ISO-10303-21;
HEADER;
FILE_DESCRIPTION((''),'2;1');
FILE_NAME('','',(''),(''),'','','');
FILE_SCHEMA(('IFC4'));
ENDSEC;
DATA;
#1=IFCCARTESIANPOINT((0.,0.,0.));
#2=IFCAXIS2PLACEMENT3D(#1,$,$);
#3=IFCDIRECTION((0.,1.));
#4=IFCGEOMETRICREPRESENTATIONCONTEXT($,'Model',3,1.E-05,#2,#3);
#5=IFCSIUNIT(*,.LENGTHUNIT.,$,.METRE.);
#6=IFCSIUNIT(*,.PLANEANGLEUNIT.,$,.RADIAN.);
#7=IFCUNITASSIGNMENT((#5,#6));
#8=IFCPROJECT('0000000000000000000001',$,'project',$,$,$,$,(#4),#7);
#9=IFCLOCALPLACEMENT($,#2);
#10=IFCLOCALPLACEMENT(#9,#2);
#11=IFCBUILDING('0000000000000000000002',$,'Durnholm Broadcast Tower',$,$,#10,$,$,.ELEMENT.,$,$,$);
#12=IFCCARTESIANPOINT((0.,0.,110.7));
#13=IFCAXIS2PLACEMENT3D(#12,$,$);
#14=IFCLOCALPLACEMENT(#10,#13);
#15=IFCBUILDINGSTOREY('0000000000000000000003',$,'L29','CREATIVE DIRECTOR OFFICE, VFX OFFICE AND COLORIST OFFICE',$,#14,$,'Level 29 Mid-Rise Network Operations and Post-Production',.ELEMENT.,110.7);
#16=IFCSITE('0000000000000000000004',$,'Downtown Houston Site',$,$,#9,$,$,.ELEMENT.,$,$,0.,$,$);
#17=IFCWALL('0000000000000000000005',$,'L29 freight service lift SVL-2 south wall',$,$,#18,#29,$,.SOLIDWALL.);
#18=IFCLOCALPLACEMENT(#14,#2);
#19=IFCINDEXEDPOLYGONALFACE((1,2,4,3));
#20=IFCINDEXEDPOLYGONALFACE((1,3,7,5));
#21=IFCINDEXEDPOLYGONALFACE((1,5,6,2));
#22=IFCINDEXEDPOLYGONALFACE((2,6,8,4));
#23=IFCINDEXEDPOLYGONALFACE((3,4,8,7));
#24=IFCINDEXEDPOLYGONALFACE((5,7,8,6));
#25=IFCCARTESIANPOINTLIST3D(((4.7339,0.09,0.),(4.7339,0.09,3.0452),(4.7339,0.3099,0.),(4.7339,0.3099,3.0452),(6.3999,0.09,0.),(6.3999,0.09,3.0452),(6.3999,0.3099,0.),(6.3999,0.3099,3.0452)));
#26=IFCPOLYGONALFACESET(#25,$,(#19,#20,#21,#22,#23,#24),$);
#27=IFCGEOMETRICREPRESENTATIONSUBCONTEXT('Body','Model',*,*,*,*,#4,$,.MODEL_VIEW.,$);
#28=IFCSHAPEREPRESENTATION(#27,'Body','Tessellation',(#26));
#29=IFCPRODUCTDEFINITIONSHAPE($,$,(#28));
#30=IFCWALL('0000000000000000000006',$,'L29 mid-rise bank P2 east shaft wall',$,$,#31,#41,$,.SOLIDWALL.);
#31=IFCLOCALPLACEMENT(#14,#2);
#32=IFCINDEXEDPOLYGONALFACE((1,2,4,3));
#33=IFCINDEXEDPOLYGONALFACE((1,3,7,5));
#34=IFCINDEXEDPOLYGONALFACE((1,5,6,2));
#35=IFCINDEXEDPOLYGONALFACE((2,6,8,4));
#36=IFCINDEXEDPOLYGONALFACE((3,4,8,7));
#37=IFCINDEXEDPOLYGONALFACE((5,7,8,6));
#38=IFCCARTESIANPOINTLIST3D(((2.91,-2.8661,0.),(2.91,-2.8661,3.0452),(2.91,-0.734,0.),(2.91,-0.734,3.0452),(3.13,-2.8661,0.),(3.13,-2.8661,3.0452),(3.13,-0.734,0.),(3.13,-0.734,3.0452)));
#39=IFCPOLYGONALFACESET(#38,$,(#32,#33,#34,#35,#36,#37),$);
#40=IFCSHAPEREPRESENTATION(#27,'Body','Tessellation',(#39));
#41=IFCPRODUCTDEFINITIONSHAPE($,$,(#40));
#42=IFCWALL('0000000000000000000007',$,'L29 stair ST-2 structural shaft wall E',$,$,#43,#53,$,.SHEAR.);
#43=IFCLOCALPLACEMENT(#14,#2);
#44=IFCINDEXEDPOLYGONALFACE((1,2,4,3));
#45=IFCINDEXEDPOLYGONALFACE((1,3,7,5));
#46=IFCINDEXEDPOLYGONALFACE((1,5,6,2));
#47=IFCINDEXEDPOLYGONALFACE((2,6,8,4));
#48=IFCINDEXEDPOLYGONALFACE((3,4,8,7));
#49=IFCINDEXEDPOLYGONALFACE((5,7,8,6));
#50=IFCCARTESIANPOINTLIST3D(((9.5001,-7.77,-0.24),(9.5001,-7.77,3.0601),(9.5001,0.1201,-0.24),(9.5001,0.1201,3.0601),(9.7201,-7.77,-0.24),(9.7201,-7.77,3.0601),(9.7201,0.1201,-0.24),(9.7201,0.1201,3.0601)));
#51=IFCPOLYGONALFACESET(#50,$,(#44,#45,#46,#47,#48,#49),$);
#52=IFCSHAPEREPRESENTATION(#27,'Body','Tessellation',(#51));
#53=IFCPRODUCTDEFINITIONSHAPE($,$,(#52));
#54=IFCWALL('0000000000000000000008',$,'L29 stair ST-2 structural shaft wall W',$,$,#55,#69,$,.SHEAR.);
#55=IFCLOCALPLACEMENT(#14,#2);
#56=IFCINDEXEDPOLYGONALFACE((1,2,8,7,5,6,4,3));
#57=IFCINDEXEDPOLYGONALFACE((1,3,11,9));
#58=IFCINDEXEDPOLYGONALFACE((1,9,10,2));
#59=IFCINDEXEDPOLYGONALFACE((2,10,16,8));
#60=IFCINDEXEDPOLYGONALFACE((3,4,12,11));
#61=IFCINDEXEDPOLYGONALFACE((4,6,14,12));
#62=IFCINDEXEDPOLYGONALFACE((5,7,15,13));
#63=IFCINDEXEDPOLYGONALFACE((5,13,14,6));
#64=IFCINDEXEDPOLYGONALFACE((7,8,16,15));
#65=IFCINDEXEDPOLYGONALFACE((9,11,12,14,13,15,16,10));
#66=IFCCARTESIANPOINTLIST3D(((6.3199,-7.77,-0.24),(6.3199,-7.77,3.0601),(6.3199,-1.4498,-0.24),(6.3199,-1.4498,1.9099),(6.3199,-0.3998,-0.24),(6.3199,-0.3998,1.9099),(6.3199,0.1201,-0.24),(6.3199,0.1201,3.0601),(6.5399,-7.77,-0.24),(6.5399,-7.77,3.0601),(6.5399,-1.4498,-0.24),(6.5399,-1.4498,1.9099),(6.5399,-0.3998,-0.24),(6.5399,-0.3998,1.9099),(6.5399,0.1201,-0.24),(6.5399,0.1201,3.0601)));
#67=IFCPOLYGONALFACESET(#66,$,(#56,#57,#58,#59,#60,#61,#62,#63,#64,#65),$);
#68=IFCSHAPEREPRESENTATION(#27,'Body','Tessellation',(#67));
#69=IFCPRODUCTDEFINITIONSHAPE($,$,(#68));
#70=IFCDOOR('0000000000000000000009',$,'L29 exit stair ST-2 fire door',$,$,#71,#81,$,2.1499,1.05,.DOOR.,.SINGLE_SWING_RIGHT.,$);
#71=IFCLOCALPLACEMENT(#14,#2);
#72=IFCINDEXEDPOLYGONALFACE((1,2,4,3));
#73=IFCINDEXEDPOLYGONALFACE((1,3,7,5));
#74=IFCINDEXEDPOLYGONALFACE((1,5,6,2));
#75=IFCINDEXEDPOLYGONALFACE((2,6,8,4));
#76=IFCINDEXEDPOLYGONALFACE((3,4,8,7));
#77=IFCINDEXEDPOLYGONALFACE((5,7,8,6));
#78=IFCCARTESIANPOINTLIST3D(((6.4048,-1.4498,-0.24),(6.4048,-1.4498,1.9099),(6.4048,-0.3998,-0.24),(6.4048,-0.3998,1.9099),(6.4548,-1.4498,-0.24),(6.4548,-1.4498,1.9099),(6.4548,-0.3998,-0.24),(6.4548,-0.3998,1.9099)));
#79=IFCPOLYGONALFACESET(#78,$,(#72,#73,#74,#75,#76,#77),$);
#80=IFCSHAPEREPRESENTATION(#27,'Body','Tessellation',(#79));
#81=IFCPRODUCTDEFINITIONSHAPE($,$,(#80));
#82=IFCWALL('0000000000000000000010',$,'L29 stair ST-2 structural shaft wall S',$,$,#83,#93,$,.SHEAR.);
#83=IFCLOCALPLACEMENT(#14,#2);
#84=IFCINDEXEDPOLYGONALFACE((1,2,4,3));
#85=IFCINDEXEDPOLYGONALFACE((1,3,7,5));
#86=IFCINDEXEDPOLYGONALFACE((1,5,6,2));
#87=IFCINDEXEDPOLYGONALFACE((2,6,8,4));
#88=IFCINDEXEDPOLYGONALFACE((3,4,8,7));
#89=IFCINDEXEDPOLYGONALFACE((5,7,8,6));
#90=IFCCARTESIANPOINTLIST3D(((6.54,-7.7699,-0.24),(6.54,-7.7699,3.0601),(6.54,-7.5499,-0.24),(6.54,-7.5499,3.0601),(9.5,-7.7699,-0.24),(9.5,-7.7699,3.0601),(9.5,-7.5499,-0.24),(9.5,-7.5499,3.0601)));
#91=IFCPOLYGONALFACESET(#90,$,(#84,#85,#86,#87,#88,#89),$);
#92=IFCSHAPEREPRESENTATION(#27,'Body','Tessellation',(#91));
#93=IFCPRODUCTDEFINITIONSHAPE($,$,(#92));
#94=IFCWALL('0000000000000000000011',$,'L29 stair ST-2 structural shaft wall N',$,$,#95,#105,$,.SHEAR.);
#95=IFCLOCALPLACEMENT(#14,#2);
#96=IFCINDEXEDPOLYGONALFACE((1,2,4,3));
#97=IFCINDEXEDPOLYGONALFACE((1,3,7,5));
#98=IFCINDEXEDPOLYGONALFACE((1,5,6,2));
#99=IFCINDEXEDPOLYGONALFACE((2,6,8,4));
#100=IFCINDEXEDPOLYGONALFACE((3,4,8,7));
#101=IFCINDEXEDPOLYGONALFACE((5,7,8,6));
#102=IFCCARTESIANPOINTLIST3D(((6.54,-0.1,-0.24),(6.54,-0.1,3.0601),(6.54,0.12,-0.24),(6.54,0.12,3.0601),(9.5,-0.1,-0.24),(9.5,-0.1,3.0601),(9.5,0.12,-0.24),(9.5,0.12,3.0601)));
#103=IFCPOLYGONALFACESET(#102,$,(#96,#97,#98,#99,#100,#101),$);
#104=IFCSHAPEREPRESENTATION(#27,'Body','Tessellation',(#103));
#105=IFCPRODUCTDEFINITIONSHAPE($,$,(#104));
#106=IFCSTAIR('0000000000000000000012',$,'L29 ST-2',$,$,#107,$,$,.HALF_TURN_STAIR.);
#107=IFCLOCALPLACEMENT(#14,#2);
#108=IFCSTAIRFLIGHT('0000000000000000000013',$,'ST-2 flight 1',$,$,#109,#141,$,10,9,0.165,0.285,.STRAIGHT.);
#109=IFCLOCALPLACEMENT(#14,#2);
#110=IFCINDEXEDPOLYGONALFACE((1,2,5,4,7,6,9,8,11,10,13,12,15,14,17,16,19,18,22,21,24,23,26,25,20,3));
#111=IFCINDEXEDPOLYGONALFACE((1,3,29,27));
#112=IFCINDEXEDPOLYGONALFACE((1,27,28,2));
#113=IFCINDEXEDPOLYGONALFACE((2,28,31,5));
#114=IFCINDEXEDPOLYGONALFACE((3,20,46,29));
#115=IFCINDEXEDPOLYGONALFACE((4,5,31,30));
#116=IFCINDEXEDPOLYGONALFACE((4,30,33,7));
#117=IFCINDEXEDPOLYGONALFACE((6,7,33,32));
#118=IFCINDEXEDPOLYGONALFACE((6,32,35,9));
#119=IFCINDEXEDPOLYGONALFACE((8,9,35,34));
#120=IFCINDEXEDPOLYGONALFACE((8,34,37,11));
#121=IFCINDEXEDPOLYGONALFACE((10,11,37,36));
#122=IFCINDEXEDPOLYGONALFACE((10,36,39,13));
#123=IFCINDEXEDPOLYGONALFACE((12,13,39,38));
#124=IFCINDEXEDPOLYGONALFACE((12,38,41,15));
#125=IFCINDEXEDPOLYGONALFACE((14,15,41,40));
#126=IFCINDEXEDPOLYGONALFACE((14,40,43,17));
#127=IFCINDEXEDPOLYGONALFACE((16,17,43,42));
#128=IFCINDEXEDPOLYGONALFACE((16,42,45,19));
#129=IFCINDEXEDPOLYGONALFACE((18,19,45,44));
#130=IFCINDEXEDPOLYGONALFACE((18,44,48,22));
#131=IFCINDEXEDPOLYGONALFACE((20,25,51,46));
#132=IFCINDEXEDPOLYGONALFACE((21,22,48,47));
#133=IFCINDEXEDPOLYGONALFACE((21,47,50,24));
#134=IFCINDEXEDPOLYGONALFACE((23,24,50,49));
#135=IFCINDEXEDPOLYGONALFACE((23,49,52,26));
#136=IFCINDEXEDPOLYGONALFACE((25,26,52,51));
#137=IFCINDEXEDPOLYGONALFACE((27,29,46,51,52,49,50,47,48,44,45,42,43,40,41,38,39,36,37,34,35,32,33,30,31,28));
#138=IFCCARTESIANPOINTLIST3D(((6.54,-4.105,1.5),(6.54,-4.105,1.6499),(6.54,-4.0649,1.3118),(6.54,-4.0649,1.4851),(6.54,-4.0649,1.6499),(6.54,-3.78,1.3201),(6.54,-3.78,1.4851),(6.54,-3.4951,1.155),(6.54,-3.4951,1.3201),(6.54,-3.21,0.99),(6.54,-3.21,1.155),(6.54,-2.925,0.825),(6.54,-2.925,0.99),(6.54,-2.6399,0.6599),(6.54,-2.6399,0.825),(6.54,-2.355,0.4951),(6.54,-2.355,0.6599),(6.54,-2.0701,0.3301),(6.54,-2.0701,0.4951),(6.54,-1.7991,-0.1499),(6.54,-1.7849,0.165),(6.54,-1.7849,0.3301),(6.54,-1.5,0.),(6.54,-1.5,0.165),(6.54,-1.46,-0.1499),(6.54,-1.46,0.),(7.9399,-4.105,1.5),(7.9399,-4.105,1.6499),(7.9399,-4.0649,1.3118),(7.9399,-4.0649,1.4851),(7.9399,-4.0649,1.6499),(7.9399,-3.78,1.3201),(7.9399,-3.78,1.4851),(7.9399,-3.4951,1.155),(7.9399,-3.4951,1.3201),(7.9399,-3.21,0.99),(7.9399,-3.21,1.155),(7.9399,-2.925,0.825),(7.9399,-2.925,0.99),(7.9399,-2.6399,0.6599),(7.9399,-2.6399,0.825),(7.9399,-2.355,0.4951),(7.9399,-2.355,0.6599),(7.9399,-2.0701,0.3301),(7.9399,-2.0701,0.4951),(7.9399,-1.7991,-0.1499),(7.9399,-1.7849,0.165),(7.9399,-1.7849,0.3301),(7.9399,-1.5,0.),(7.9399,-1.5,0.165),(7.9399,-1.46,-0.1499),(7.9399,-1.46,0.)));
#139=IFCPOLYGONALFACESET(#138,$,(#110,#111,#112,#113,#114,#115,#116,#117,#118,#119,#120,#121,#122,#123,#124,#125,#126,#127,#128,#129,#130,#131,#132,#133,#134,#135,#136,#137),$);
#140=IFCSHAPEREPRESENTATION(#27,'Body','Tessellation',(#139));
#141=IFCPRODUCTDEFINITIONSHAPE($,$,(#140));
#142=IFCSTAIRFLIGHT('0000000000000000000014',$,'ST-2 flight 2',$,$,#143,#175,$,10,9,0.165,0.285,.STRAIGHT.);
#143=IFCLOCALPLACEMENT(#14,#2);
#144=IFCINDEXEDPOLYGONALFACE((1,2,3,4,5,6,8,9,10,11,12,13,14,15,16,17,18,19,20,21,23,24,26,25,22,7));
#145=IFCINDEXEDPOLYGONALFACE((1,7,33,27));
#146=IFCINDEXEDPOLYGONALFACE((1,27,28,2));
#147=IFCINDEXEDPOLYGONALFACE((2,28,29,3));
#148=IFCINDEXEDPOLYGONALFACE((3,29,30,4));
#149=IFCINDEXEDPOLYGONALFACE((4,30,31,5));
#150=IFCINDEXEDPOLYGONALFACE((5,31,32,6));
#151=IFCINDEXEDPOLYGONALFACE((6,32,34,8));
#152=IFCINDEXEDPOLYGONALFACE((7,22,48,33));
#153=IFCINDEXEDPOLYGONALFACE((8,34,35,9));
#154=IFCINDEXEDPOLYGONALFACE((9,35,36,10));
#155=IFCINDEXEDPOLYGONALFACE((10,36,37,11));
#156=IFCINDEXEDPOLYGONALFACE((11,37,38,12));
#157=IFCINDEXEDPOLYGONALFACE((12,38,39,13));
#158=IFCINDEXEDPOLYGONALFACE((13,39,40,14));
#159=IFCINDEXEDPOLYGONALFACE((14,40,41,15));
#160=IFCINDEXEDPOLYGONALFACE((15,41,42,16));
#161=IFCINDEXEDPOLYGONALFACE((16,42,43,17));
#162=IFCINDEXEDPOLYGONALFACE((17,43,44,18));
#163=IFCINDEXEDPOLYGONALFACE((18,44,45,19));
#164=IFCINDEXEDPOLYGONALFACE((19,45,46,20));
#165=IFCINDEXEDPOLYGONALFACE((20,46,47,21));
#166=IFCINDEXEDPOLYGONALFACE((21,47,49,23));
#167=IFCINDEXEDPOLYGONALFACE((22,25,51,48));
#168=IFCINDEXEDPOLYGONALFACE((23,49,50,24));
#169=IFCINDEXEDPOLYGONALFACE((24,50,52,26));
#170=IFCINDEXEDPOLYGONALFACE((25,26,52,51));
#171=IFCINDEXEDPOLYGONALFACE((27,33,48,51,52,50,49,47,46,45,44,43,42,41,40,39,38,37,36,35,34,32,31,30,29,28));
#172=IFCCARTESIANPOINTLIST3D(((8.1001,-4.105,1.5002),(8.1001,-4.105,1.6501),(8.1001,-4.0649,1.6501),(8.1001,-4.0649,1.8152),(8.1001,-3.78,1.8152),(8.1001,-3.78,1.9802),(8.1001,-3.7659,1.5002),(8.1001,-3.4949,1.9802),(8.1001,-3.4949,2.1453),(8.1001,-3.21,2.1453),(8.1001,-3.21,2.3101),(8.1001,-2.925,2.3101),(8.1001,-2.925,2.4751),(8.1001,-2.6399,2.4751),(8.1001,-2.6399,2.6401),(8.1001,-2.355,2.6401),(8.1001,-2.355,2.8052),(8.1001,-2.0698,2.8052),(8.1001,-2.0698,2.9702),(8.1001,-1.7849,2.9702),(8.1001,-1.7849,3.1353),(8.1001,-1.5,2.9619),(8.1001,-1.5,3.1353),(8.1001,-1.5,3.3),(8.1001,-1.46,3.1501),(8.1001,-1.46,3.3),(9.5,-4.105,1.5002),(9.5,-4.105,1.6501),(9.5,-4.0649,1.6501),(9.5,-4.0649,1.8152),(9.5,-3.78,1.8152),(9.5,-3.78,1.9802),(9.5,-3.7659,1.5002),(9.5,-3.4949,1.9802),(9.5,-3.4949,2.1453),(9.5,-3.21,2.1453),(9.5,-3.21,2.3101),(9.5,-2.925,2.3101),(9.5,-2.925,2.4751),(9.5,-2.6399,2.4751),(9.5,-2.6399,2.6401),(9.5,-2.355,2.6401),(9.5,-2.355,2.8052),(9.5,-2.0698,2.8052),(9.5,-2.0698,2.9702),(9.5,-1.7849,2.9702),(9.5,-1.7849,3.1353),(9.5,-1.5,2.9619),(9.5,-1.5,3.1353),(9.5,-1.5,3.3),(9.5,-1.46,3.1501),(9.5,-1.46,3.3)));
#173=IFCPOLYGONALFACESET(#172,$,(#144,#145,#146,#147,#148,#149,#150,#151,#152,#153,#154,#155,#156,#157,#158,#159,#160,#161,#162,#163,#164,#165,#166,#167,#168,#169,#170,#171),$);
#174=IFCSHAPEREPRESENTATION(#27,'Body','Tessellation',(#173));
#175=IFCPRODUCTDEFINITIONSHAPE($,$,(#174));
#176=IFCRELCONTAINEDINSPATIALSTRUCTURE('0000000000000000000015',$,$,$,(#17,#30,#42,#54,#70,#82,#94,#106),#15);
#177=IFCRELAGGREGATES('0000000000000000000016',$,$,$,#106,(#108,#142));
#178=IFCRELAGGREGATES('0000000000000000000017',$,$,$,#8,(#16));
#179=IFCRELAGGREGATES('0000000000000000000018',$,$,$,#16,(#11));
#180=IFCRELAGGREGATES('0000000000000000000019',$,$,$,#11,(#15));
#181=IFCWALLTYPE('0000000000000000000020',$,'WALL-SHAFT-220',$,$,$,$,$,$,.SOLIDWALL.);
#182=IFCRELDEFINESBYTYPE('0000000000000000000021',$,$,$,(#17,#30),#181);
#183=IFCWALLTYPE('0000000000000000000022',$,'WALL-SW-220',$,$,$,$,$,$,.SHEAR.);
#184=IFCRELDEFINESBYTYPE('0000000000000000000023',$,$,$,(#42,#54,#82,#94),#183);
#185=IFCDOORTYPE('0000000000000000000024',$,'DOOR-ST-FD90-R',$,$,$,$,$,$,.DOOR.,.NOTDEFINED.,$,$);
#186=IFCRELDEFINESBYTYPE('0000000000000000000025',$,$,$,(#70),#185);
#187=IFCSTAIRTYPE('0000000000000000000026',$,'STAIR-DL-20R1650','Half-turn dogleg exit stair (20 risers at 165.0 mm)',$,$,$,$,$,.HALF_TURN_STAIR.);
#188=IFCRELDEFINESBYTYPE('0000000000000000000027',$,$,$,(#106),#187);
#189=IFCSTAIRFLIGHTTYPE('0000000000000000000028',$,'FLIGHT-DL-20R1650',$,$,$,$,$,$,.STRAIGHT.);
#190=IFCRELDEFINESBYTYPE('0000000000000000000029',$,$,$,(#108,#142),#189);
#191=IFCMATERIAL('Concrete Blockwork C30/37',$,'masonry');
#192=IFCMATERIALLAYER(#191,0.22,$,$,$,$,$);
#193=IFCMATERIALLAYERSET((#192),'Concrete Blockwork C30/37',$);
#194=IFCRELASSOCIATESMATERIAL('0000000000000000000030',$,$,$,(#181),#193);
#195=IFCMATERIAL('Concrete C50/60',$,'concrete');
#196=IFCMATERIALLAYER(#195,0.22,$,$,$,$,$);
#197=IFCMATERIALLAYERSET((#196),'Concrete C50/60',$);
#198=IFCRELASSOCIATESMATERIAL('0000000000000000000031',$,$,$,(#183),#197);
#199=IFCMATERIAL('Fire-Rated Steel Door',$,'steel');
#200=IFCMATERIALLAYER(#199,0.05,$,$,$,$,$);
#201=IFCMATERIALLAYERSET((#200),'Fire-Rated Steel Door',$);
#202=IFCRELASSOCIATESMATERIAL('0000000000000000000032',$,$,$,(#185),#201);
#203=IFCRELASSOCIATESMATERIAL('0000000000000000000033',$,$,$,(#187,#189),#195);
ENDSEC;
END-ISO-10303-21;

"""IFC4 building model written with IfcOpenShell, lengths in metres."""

from ifc_helpers import new_model, si_unit, direction, frame, frame_2d, origin, place, context, subcontext, project, spatial, polyline, rectangle, outline, extrude, source, transform, mapped, material, layer, layer_set, type_object, type_shapes, element, fill, aggregate, save


model = new_model("IFC4")

# Units and contexts
model_context = context("Model", 3, precision=1e-05, world=origin(), true_north=direction((0.0, 1.0)))
body_context = subcontext(model_context, "Body", "Model", "MODEL_VIEW")
ifc_project = project(units=[si_unit("LENGTHUNIT", "METRE"), si_unit("PLANEANGLEUNIT", "RADIAN")], contexts=[model_context])

# Site, building, storey
site_placement = place(None, origin())
site = spatial("IfcSite", under=ifc_project, at=site_placement, Name="Downtown Houston Site", CompositionType="ELEMENT", RefElevation=0.0)
building_placement = place(site_placement, origin())
building = spatial("IfcBuilding", under=site, at=building_placement, Name="Durnholm Broadcast Tower", CompositionType="ELEMENT")
storey_placement = place(building_placement, frame((0.0, 0.0, 110.7)))
storey = spatial("IfcBuildingStorey", under=building, at=storey_placement, Name="L29", Description="CREATIVE DIRECTOR OFFICE, VFX OFFICE AND COLORIST OFFICE", LongName="Level 29 Mid-Rise Network Operations and Post-Production", CompositionType="ELEMENT", Elevation=110.7)

# Walls
ifc_material_1 = material(Name="Concrete Blockwork C30/37", Category="masonry")
ifc_layer_1 = layer(ifc_material_1, 0.22)
ifc_layer_set_1 = layer_set([ifc_layer_1], Name="Concrete Blockwork C30/37")
wall_type_1 = type_object("IfcWallType", Name="WALL-SHAFT-220", PredefinedType="SOLIDWALL", material=ifc_layer_set_1)
wall_1_placement = place(storey_placement, frame((4.7339, 0.2, 0.0), z_axis=(0.0, 0.0, 1.0), x_axis=(1.0, 0.0, 0.0)))
element("IfcWall", 1, at=wall_1_placement, inside=storey, type_object=wall_type_1, Name="L29 freight service lift SVL-2 south wall", PredefinedType="SOLIDWALL", context=body_context, shape_type="SweptSolid", body=[
    extrude(rectangle(XDim=1.666, YDim=0.22, at=frame_2d((0.833, 0.0))), origin(), (0.0, 0.0, 1.0), 3.0452),
])
wall_2_placement = place(storey_placement, frame((3.02, -2.866, 0.0), z_axis=(0.0, 0.0, 1.0), x_axis=(0.0, 1.0, 0.0)))
element("IfcWall", 2, at=wall_2_placement, inside=storey, type_object=wall_type_1, Name="L29 mid-rise bank P2 east shaft wall", PredefinedType="SOLIDWALL", context=body_context, shape_type="SweptSolid", body=[
    extrude(rectangle(XDim=2.1321, YDim=0.22, at=frame_2d((1.0659, 0.0))), origin(), (0.0, 0.0, 1.0), 3.0452),
])
ifc_material_2 = material(Name="Concrete C50/60", Category="concrete")
ifc_layer_2 = layer(ifc_material_2, 0.22)
ifc_layer_set_2 = layer_set([ifc_layer_2], Name="Concrete C50/60")
wall_type_2 = type_object("IfcWallType", Name="WALL-SW-220", PredefinedType="SHEAR", material=ifc_layer_set_2)
wall_3_placement = place(storey_placement, frame((9.6101, -7.77, -0.24), z_axis=(0.0, 0.0, 1.0), x_axis=(0.0, 1.0, 0.0)))
element("IfcWall", 3, at=wall_3_placement, inside=storey, type_object=wall_type_2, Name="L29 stair ST-2 structural shaft wall E", PredefinedType="SHEAR", context=body_context, shape_type="SweptSolid", body=[
    extrude(rectangle(XDim=7.8901, YDim=0.22, at=frame_2d((3.9451, 0.0))), origin(), (0.0, 0.0, 1.0), 3.3),
])

# Wall, opening, door
wall_4_placement = place(storey_placement, frame((6.4299, 0.1201, -0.24), z_axis=(0.0, 0.0, 1.0), x_axis=(0.0, -1.0, 0.0)))
wall_4 = element("IfcWall", 4, at=wall_4_placement, inside=storey, type_object=wall_type_2, Name="L29 stair ST-2 structural shaft wall W", PredefinedType="SHEAR", context=body_context, shape_type="SweptSolid", body=[
    extrude(rectangle(XDim=7.8901, YDim=0.22, at=frame_2d((3.9451, 0.0))), origin(), (0.0, 0.0, 1.0), 3.3),
])
opening_1_placement = place(wall_4_placement, frame((0.52, 0.0, 0.0)))
opening_1 = element("IfcOpeningElement", 5, at=opening_1_placement, cuts=wall_4, PredefinedType="OPENING", context=body_context, shape_type="SweptSolid", body=[
    extrude(rectangle(XDim=1.05, YDim=2.1499, at=frame_2d((0.5249, 1.075))), frame((0.0, 0.1201, 0.0), z_axis=(0.0, -1.0, 0.0), x_axis=(1.0, 0.0, 0.0)), (0.0, 0.0, 1.0), 0.24),
])
ifc_material_3 = material(Name="Fire-Rated Steel Door", Category="steel")
ifc_layer_3 = layer(ifc_material_3, 0.05)
ifc_layer_set_3 = layer_set([ifc_layer_3], Name="Fire-Rated Steel Door")
door_type_1 = type_object("IfcDoorType", Name="DOOR-ST-FD90-R", OperationType="NOTDEFINED", PredefinedType="DOOR", material=ifc_layer_set_3)
shared_shape_1 = source(origin(), body_context, "Body", "SweptSolid", [
    extrude(rectangle(XDim=1.05, YDim=2.1499, at=frame_2d((0.5249, 1.075))), frame((0.0, 0.0249, 0.0), z_axis=(0.0, -1.0, 0.0), x_axis=(1.0, 0.0, 0.0)), (0.0, 0.0, 1.0), 0.05),
])
type_shapes(door_type_1, [shared_shape_1])
door_1_placement = place(opening_1_placement, origin())
door_1 = element("IfcDoor", 6, at=door_1_placement, inside=storey, type_object=door_type_1, Name="L29 exit stair ST-2 fire door", OperationType="SINGLE_SWING_RIGHT", OverallHeight=2.1499, OverallWidth=1.05, PredefinedType="DOOR", context=body_context, shape_type="MappedRepresentation", body=[
    mapped(shared_shape_1, transform((0.0, 0.0, 0.0), x_axis=(1.0, 0.0, 0.0), y_axis=(0.0, 1.0, 0.0), z_axis=(0.0, 0.0, 1.0), scale=1.0)),
])
fill(opening_1, door_1)

# Walls
for number, where, z_axis, x_axis, name in (
    (7, (6.54, -7.6599, -0.24), (0.0, 0.0, 1.0), (1.0, 0.0, 0.0), "L29 stair ST-2 structural shaft wall S"),
    (8, (9.5, 0.01, -0.24), (0.0, 0.0, 1.0), (-1.0, 0.0, 0.0), "L29 stair ST-2 structural shaft wall N"),
):
    element("IfcWall", number, at=place(storey_placement, frame(where, z_axis=z_axis, x_axis=x_axis)), inside=storey, type_object=wall_type_2, Name=name, PredefinedType="SHEAR", context=body_context, shape_type="SweptSolid", body=[
        extrude(rectangle(XDim=2.96, YDim=0.22, at=frame_2d((1.48, 0.0))), origin(), (0.0, 0.0, 1.0), 3.3),
    ])

# Stair, stair flights
stair_type = type_object("IfcStairType", Name="STAIR-DL-20R1650", Description="Half-turn dogleg exit stair (20 risers at 165.0 mm)", PredefinedType="HALF_TURN_STAIR", material=ifc_material_2)
stair_placement = place(storey_placement, origin())
stair = element("IfcStair", 9, at=stair_placement, inside=storey, type_object=stair_type, Name="L29 ST-2", PredefinedType="HALF_TURN_STAIR")
stair_flight_type = type_object("IfcStairFlightType", Name="FLIGHT-DL-20R1650", PredefinedType="STRAIGHT", material=ifc_material_2)
stair_flight_1_placement = place(storey_placement, frame((7.24, -1.5, 0.0), z_axis=(0.0, 0.0, 1.0), x_axis=(0.0, -1.0, 0.0)))
stair_flight_1 = element("IfcStairFlight", 10, at=stair_flight_1_placement, type_object=stair_flight_type, Name="ST-2 flight 1", NumberOfRisers=10, NumberOfTreads=9, PredefinedType="STRAIGHT", RiserHeight=0.165, TreadLength=0.285, context=body_context, shape_type="SweptSolid", body=[
    extrude(outline(polyline([(-0.04, -0.1499), (-0.04, 0.0), (0.0, 0.0), (0.0, 0.165), (0.2849, 0.165), (0.2849, 0.3301), (0.5701, 0.3301), (0.5701, 0.4951), (0.855, 0.4951), (0.855, 0.6599), (1.1399, 0.6599), (1.1399, 0.825), (1.425, 0.825), (1.425, 0.99), (1.71, 0.99), (1.71, 1.155), (1.9951, 1.155), (1.9951, 1.3201), (2.28, 1.3201), (2.28, 1.4851), (2.5649, 1.4851), (2.5649, 1.6499), (2.605, 1.6499), (2.605, 1.5), (2.5649, 1.3118), (0.2991, -0.1499), (-0.04, -0.1499)])), frame((0.0, 0.7, 0.0), z_axis=(0.0, -1.0, 0.0), x_axis=(1.0, 0.0, 0.0)), (0.0, 0.0, 1.0), 1.3999),
])
stair_flight_2_placement = place(storey_placement, frame((8.8, -4.0649, 1.6501), z_axis=(0.0, 0.0, 1.0), x_axis=(0.0, 1.0, 0.0)))
stair_flight_2 = element("IfcStairFlight", 11, at=stair_flight_2_placement, type_object=stair_flight_type, Name="ST-2 flight 2", NumberOfRisers=10, NumberOfTreads=9, PredefinedType="STRAIGHT", RiserHeight=0.165, TreadLength=0.285, context=body_context, shape_type="SweptSolid", body=[
    extrude(outline(polyline([(-0.04, -0.1499), (-0.04, 0.0), (0.0, 0.0), (0.0, 0.165), (0.2849, 0.165), (0.2849, 0.3301), (0.5701, 0.3301), (0.5701, 0.4951), (0.855, 0.4951), (0.855, 0.6599), (1.1399, 0.6599), (1.1399, 0.825), (1.425, 0.825), (1.425, 0.99), (1.71, 0.99), (1.71, 1.155), (1.9951, 1.155), (1.9951, 1.3201), (2.28, 1.3201), (2.28, 1.4851), (2.5649, 1.4851), (2.5649, 1.6499), (2.605, 1.6499), (2.605, 1.5), (2.5649, 1.3118), (0.2991, -0.1499), (-0.04, -0.1499)])), frame((0.0, 0.7, 0.0), z_axis=(0.0, -1.0, 0.0), x_axis=(1.0, 0.0, 0.0)), (0.0, 0.0, 1.0), 1.3999),
])
aggregate(stair, [stair_flight_1, stair_flight_2])

save(model, "model.ifc")
